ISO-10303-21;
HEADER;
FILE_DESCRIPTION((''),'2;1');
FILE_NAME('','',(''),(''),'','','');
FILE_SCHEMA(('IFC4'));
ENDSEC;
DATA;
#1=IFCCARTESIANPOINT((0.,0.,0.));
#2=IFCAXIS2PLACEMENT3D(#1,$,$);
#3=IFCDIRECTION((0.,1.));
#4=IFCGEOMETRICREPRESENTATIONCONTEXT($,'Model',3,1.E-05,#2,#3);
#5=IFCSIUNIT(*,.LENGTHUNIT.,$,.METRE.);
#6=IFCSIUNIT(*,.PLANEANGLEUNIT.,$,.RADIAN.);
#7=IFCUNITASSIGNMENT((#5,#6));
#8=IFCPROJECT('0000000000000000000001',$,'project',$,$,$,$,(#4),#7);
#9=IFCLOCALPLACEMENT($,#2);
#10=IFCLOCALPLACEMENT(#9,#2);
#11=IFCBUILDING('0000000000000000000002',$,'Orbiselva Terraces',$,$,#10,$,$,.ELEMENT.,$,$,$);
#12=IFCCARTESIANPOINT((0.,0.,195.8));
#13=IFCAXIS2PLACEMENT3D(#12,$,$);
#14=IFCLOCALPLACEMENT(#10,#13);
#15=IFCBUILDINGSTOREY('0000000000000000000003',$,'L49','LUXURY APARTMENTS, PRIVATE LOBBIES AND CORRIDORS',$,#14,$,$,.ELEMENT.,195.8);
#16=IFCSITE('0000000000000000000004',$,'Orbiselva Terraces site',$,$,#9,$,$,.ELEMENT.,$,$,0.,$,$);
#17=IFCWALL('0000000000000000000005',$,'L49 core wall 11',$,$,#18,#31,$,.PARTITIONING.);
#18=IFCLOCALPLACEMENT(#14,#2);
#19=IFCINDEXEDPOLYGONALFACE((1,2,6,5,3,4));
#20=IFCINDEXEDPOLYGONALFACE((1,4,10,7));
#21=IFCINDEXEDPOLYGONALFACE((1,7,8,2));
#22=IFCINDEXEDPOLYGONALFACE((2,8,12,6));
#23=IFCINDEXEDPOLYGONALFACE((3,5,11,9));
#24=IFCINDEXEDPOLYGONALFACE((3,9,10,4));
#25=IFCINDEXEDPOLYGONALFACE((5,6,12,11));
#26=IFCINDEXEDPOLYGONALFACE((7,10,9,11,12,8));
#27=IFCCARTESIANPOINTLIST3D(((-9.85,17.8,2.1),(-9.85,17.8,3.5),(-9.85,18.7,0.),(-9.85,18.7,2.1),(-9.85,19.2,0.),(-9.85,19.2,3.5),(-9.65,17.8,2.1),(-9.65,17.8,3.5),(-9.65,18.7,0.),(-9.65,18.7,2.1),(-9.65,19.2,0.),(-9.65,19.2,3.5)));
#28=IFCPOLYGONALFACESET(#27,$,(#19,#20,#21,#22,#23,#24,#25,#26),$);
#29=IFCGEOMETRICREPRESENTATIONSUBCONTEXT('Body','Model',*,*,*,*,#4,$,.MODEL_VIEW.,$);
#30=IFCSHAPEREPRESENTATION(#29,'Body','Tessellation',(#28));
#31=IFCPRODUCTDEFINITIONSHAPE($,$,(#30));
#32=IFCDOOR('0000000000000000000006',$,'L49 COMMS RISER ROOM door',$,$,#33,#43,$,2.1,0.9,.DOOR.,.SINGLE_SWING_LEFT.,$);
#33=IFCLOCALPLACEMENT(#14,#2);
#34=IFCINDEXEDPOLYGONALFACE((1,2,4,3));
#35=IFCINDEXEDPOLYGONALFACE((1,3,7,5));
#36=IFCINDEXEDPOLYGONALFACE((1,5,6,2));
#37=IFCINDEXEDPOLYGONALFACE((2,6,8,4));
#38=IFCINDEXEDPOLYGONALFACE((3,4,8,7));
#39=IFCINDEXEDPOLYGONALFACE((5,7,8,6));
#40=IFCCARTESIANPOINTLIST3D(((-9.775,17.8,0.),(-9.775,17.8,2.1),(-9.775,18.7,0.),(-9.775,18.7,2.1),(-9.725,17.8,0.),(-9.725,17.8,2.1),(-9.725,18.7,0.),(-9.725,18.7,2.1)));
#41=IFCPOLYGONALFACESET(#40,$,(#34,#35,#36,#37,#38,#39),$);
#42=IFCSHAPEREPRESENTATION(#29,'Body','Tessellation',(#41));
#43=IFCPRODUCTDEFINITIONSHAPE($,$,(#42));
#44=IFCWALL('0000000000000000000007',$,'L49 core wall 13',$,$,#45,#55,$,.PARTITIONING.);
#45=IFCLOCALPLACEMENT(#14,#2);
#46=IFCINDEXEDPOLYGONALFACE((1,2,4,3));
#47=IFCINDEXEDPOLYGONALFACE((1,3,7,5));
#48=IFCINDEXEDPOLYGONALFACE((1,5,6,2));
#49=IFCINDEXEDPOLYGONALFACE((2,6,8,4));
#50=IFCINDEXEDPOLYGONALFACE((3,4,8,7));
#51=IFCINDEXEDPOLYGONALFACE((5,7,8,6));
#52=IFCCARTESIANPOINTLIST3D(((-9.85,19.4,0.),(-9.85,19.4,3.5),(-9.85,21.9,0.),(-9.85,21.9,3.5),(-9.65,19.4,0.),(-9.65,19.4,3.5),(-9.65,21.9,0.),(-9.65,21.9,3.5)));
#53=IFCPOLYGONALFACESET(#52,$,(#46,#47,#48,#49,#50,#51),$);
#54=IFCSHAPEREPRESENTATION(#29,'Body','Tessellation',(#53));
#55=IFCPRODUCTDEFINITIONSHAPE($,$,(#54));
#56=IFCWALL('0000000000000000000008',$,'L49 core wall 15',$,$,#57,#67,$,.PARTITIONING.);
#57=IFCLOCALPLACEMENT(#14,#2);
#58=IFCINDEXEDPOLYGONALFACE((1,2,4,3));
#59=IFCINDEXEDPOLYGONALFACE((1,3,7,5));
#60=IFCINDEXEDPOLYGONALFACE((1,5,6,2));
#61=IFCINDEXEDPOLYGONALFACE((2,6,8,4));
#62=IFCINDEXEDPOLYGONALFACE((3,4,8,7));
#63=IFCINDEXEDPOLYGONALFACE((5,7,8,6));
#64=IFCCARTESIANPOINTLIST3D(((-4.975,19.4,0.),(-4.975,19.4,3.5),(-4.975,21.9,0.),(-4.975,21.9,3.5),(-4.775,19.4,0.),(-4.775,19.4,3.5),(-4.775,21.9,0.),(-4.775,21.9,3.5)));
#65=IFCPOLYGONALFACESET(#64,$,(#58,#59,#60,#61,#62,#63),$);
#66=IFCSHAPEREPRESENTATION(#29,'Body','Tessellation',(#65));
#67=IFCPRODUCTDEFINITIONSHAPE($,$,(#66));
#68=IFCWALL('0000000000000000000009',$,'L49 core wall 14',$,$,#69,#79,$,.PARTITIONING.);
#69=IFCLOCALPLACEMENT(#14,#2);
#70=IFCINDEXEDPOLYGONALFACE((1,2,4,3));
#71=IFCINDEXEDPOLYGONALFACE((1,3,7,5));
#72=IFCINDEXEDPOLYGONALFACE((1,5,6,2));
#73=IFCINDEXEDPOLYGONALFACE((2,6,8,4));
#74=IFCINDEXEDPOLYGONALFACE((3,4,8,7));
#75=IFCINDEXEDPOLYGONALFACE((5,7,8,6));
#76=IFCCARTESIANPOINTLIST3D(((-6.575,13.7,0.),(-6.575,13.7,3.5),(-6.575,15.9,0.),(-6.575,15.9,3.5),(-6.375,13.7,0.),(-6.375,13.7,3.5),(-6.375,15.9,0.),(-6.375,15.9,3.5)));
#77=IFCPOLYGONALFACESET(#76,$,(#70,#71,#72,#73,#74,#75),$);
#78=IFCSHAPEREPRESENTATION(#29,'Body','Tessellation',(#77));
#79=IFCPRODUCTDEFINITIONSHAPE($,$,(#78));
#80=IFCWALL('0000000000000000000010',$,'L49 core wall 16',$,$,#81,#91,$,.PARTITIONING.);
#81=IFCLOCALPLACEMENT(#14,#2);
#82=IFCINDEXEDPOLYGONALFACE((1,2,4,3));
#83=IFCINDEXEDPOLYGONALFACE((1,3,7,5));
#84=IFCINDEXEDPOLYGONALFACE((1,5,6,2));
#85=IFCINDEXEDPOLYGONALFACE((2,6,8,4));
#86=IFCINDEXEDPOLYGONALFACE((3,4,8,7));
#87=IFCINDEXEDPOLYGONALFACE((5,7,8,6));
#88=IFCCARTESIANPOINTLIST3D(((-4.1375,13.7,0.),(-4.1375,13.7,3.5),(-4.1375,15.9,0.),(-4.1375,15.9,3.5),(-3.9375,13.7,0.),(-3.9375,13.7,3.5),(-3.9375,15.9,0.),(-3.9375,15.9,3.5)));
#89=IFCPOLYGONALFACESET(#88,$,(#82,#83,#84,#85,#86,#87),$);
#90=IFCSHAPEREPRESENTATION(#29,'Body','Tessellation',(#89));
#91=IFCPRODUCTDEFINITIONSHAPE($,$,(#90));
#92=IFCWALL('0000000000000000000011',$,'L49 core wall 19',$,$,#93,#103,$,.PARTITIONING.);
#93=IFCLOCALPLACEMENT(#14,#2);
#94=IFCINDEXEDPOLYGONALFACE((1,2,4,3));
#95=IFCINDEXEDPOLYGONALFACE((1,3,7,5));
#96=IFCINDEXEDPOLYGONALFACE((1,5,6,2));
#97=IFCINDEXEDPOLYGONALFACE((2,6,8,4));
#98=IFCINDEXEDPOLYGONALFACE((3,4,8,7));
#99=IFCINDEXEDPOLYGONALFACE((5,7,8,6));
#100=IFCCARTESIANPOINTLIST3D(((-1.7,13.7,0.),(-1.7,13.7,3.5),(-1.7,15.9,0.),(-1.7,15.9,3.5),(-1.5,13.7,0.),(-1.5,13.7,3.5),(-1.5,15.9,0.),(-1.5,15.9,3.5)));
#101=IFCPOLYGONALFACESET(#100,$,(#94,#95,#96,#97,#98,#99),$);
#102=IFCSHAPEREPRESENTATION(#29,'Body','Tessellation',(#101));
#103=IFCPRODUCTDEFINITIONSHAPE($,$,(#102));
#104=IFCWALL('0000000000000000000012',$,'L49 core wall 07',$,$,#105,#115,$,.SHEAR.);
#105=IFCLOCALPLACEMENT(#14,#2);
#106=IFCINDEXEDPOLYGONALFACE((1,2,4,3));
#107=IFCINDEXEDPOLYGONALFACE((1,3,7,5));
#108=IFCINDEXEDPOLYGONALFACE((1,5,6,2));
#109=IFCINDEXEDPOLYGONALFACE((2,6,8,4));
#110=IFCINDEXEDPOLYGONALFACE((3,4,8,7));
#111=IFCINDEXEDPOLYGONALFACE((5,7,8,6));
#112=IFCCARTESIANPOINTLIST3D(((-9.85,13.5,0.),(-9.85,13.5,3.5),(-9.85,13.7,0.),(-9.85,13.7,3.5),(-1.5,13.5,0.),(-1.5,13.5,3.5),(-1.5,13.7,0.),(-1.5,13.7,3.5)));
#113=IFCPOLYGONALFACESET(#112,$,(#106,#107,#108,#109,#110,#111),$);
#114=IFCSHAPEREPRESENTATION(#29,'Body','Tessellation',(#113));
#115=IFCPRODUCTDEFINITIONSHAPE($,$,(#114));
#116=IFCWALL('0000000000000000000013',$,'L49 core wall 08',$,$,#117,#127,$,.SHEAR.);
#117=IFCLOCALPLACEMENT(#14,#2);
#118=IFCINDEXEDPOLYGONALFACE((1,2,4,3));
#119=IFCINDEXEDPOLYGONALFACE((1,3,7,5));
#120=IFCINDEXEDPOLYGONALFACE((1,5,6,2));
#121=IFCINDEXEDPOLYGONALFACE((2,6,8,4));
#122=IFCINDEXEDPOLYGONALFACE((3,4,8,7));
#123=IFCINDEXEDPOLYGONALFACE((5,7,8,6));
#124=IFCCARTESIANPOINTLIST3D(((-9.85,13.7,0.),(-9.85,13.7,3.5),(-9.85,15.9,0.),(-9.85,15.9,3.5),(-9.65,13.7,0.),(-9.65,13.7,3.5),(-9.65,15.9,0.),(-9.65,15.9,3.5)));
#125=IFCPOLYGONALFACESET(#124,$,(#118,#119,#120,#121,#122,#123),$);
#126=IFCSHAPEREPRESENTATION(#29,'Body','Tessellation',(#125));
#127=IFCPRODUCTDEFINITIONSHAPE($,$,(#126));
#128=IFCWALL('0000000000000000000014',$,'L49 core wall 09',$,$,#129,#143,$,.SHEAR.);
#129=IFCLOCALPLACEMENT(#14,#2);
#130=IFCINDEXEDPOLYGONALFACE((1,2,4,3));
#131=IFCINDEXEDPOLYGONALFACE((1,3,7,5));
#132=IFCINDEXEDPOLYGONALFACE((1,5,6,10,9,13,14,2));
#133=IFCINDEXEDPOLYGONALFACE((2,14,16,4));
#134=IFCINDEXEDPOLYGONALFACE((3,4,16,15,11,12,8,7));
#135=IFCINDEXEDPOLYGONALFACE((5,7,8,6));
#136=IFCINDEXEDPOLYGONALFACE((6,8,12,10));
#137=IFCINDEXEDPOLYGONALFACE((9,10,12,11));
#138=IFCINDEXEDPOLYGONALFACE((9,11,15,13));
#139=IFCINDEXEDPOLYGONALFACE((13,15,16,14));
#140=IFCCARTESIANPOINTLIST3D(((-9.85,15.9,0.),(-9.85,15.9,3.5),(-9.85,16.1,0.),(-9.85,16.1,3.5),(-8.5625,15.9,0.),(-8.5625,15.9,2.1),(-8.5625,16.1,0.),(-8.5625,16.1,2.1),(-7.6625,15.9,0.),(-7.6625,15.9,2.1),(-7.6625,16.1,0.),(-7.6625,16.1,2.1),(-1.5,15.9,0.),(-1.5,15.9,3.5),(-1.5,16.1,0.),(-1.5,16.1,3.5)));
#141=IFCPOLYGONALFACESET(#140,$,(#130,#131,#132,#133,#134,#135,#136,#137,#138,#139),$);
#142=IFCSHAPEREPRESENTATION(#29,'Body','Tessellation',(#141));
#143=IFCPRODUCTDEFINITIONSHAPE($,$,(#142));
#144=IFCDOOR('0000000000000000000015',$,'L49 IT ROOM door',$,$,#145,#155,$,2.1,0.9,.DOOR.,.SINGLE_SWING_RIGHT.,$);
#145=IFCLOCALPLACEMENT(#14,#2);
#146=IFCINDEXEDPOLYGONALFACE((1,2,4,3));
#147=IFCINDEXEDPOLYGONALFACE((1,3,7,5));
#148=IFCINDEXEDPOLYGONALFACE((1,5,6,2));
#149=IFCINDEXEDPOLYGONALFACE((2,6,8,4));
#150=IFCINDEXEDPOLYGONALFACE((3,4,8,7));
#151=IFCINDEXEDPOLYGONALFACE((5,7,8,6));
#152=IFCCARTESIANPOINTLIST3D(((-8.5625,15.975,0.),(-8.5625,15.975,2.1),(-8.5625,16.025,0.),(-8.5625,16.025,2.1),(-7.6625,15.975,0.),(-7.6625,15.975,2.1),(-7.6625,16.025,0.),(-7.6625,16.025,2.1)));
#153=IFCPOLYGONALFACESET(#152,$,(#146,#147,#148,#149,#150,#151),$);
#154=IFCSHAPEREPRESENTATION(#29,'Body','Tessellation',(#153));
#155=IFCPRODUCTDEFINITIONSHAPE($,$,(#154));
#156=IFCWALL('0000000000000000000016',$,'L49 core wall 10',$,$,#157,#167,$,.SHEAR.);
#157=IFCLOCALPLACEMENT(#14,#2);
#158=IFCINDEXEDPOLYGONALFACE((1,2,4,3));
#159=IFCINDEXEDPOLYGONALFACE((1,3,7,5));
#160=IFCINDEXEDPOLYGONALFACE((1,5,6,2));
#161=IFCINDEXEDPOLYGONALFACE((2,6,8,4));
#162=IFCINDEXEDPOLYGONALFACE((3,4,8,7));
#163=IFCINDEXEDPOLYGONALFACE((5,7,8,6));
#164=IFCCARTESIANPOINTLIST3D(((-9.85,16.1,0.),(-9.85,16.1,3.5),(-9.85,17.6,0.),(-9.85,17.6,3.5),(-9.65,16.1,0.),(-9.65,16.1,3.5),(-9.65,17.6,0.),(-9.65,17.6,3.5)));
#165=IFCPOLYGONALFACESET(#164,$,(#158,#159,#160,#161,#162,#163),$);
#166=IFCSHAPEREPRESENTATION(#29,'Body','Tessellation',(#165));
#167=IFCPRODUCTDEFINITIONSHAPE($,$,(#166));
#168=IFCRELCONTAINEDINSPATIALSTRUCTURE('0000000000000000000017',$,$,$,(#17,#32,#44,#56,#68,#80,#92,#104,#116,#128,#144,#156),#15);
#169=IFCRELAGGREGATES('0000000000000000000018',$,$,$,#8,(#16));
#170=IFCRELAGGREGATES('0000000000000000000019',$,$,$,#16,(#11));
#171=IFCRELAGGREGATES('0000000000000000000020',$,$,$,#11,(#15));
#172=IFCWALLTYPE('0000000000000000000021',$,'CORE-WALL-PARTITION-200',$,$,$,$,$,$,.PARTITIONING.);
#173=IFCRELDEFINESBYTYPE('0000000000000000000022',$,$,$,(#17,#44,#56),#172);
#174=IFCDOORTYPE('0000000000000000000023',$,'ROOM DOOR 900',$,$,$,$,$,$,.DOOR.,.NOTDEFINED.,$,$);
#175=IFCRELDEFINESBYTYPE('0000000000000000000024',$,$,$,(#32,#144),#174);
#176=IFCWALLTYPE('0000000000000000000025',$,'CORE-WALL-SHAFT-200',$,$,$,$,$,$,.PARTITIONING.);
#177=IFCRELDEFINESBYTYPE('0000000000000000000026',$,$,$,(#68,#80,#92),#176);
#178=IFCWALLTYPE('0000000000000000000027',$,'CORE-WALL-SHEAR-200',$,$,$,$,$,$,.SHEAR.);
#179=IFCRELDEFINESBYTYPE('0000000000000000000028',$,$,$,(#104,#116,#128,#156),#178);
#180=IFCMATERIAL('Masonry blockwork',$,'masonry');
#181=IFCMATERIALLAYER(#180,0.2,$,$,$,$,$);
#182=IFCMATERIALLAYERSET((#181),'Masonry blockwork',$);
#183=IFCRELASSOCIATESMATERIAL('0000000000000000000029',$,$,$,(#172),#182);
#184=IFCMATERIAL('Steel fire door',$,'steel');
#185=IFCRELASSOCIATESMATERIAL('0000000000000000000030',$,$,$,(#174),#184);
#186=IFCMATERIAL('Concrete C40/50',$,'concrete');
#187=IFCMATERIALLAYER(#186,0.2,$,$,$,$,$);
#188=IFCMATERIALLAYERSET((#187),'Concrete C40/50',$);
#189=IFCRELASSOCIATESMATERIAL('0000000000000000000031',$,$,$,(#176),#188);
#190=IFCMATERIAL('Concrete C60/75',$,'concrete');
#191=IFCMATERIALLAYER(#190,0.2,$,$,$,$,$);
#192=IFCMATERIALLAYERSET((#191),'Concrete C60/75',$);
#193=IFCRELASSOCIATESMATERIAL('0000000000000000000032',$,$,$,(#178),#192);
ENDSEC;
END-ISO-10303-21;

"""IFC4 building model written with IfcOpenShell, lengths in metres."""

from ifc_helpers import new_model, si_unit, direction, frame, frame_2d, origin, place, context, subcontext, project, spatial, rectangle, extrude, material, layer, layer_set, type_object, element, fill, save


model = new_model("IFC4")

# Units and contexts
model_context = context("Model", 3, precision=1e-05, world=origin(), true_north=direction((0.0, 1.0)))
body_context = subcontext(model_context, "Body", "Model", "MODEL_VIEW")
ifc_project = project(units=[si_unit("LENGTHUNIT", "METRE"), si_unit("PLANEANGLEUNIT", "RADIAN")], contexts=[model_context])

# Site, building, storey
site_placement = place(None, origin())
site = spatial("IfcSite", under=ifc_project, at=site_placement, Name="Orbiselva Terraces site", CompositionType="ELEMENT", RefElevation=0.0)
building_placement = place(site_placement, origin())
building = spatial("IfcBuilding", under=site, at=building_placement, Name="Orbiselva Terraces", CompositionType="ELEMENT")
storey_placement = place(building_placement, frame((0.0, 0.0, 195.8)))
storey = spatial("IfcBuildingStorey", under=building, at=storey_placement, Name="L49", Description="LUXURY APARTMENTS, PRIVATE LOBBIES AND CORRIDORS", CompositionType="ELEMENT", Elevation=195.8)

# Wall, opening, door
ifc_material_1 = material(Name="Masonry blockwork", Category="masonry")
ifc_layer_1 = layer(ifc_material_1, 0.2)
ifc_layer_set_1 = layer_set([ifc_layer_1], Name="Masonry blockwork")
wall_type_1 = type_object("IfcWallType", Name="CORE-WALL-PARTITION-200", PredefinedType="PARTITIONING", material=ifc_layer_set_1)
wall_1_placement = place(storey_placement, frame((-9.75, 17.8, 0.0), z_axis=(0.0, 0.0, 1.0), x_axis=(0.0, 1.0, 0.0)))
wall_1 = element("IfcWall", 1, at=wall_1_placement, inside=storey, type_object=wall_type_1, Name="L49 core wall 11", PredefinedType="PARTITIONING", context=body_context, shape_type="SweptSolid", body=[
    extrude(rectangle(XDim=1.4, YDim=0.2, at=frame_2d((0.7, 0.0))), origin(), (0.0, 0.0, 1.0), 3.5),
])
opening_1_placement = place(wall_1_placement, origin())
opening_1 = element("IfcOpeningElement", 2, at=opening_1_placement, cuts=wall_1, PredefinedType="OPENING", context=body_context, shape_type="SweptSolid", body=[
    extrude(rectangle(XDim=0.9, YDim=2.1, at=frame_2d((0.45, 1.05))), frame((0.0, 0.11, 0.0), z_axis=(0.0, -1.0, 0.0), x_axis=(1.0, 0.0, 0.0)), (0.0, 0.0, 1.0), 0.22),
])
ifc_material_2 = material(Name="Steel fire door", Category="steel")
door_type_1 = type_object("IfcDoorType", Name="ROOM DOOR 900", OperationType="NOTDEFINED", PredefinedType="DOOR", material=ifc_material_2)
door_1_placement = place(opening_1_placement, origin())
door_1 = element("IfcDoor", 3, at=door_1_placement, inside=storey, type_object=door_type_1, Name="L49 COMMS RISER ROOM door", OperationType="SINGLE_SWING_LEFT", OverallHeight=2.1, OverallWidth=0.9, PredefinedType="DOOR", context=body_context, shape_type="SweptSolid", body=[
    extrude(rectangle(XDim=0.9, YDim=2.1, at=frame_2d((0.45, 1.05))), frame((0.0, 0.025, 0.0), z_axis=(0.0, -1.0, 0.0), x_axis=(1.0, 0.0, 0.0)), (0.0, 0.0, 1.0), 0.05),
])
fill(opening_1, door_1)

# Walls
for number, where, z_axis, x_axis, name in (
    (4, (-9.75, 19.4, 0.0), (0.0, 0.0, 1.0), (0.0, 1.0, 0.0), "L49 core wall 13"),
    (5, (-4.875, 19.4, 0.0), (0.0, 0.0, 1.0), (0.0, 1.0, 0.0), "L49 core wall 15"),
):
    element("IfcWall", number, at=place(storey_placement, frame(where, z_axis=z_axis, x_axis=x_axis)), inside=storey, type_object=wall_type_1, Name=name, PredefinedType="PARTITIONING", context=body_context, shape_type="SweptSolid", body=[
        extrude(rectangle(XDim=2.5, YDim=0.2, at=frame_2d((1.25, 0.0))), origin(), (0.0, 0.0, 1.0), 3.5),
    ])
ifc_material_3 = material(Name="Concrete C40/50", Category="concrete")
ifc_layer_2 = layer(ifc_material_3, 0.2)
ifc_layer_set_2 = layer_set([ifc_layer_2], Name="Concrete C40/50")
wall_type_2 = type_object("IfcWallType", Name="CORE-WALL-SHAFT-200", PredefinedType="PARTITIONING", material=ifc_layer_set_2)
for number, where, z_axis, x_axis, name in (
    (6, (-6.475, 13.7, 0.0), (0.0, 0.0, 1.0), (0.0, 1.0, 0.0), "L49 core wall 14"),
    (7, (-4.0375, 13.7, 0.0), (0.0, 0.0, 1.0), (0.0, 1.0, 0.0), "L49 core wall 16"),
    (8, (-1.6, 13.7, 0.0), (0.0, 0.0, 1.0), (0.0, 1.0, 0.0), "L49 core wall 19"),
):
    element("IfcWall", number, at=place(storey_placement, frame(where, z_axis=z_axis, x_axis=x_axis)), inside=storey, type_object=wall_type_2, Name=name, PredefinedType="PARTITIONING", context=body_context, shape_type="SweptSolid", body=[
        extrude(rectangle(XDim=2.2, YDim=0.2, at=frame_2d((1.1, 0.0))), origin(), (0.0, 0.0, 1.0), 3.5),
    ])
ifc_material_4 = material(Name="Concrete C60/75", Category="concrete")
ifc_layer_3 = layer(ifc_material_4, 0.2)
ifc_layer_set_3 = layer_set([ifc_layer_3], Name="Concrete C60/75")
wall_type_3 = type_object("IfcWallType", Name="CORE-WALL-SHEAR-200", PredefinedType="SHEAR", material=ifc_layer_set_3)
wall_2_placement = place(storey_placement, frame((-9.85, 13.6, 0.0), z_axis=(0.0, 0.0, 1.0), x_axis=(1.0, 0.0, 0.0)))
element("IfcWall", 9, at=wall_2_placement, inside=storey, type_object=wall_type_3, Name="L49 core wall 07", PredefinedType="SHEAR", context=body_context, shape_type="SweptSolid", body=[
    extrude(rectangle(XDim=8.35, YDim=0.2, at=frame_2d((4.175, 0.0))), origin(), (0.0, 0.0, 1.0), 3.5),
])
wall_3_placement = place(storey_placement, frame((-9.75, 13.7, 0.0), z_axis=(0.0, 0.0, 1.0), x_axis=(0.0, 1.0, 0.0)))
element("IfcWall", 10, at=wall_3_placement, inside=storey, type_object=wall_type_3, Name="L49 core wall 08", PredefinedType="SHEAR", context=body_context, shape_type="SweptSolid", body=[
    extrude(rectangle(XDim=2.2, YDim=0.2, at=frame_2d((1.1, 0.0))), origin(), (0.0, 0.0, 1.0), 3.5),
])

# Wall, opening, door
wall_4_placement = place(storey_placement, frame((-1.5, 16.0, 0.0), z_axis=(0.0, 0.0, 1.0), x_axis=(-1.0, 0.0, 0.0)))
wall_4 = element("IfcWall", 11, at=wall_4_placement, inside=storey, type_object=wall_type_3, Name="L49 core wall 09", PredefinedType="SHEAR", context=body_context, shape_type="SweptSolid", body=[
    extrude(rectangle(XDim=8.35, YDim=0.2, at=frame_2d((4.175, 0.0))), origin(), (0.0, 0.0, 1.0), 3.5),
])
opening_2_placement = place(wall_4_placement, frame((6.1625, 0.0, 0.0)))
opening_2 = element("IfcOpeningElement", 12, at=opening_2_placement, cuts=wall_4, PredefinedType="OPENING", context=body_context, shape_type="SweptSolid", body=[
    extrude(rectangle(XDim=0.9, YDim=2.1, at=frame_2d((0.45, 1.05))), frame((0.0, 0.11, 0.0), z_axis=(0.0, -1.0, 0.0), x_axis=(1.0, 0.0, 0.0)), (0.0, 0.0, 1.0), 0.22),
])
door_2_placement = place(opening_2_placement, origin())
door_2 = element("IfcDoor", 13, at=door_2_placement, inside=storey, type_object=door_type_1, Name="L49 IT ROOM door", OperationType="SINGLE_SWING_RIGHT", OverallHeight=2.1, OverallWidth=0.9, PredefinedType="DOOR", context=body_context, shape_type="SweptSolid", body=[
    extrude(rectangle(XDim=0.9, YDim=2.1, at=frame_2d((0.45, 1.05))), frame((0.0, 0.025, 0.0), z_axis=(0.0, -1.0, 0.0), x_axis=(1.0, 0.0, 0.0)), (0.0, 0.0, 1.0), 0.05),
])
fill(opening_2, door_2)

# Wall
wall_5_placement = place(storey_placement, frame((-9.75, 16.1, 0.0), z_axis=(0.0, 0.0, 1.0), x_axis=(0.0, 1.0, 0.0)))
element("IfcWall", 14, at=wall_5_placement, inside=storey, type_object=wall_type_3, Name="L49 core wall 10", PredefinedType="SHEAR", context=body_context, shape_type="SweptSolid", body=[
    extrude(rectangle(XDim=1.5, YDim=0.2, at=frame_2d((0.75, 0.0))), origin(), (0.0, 0.0, 1.0), 3.5),
])

save(model, "model.ifc")
